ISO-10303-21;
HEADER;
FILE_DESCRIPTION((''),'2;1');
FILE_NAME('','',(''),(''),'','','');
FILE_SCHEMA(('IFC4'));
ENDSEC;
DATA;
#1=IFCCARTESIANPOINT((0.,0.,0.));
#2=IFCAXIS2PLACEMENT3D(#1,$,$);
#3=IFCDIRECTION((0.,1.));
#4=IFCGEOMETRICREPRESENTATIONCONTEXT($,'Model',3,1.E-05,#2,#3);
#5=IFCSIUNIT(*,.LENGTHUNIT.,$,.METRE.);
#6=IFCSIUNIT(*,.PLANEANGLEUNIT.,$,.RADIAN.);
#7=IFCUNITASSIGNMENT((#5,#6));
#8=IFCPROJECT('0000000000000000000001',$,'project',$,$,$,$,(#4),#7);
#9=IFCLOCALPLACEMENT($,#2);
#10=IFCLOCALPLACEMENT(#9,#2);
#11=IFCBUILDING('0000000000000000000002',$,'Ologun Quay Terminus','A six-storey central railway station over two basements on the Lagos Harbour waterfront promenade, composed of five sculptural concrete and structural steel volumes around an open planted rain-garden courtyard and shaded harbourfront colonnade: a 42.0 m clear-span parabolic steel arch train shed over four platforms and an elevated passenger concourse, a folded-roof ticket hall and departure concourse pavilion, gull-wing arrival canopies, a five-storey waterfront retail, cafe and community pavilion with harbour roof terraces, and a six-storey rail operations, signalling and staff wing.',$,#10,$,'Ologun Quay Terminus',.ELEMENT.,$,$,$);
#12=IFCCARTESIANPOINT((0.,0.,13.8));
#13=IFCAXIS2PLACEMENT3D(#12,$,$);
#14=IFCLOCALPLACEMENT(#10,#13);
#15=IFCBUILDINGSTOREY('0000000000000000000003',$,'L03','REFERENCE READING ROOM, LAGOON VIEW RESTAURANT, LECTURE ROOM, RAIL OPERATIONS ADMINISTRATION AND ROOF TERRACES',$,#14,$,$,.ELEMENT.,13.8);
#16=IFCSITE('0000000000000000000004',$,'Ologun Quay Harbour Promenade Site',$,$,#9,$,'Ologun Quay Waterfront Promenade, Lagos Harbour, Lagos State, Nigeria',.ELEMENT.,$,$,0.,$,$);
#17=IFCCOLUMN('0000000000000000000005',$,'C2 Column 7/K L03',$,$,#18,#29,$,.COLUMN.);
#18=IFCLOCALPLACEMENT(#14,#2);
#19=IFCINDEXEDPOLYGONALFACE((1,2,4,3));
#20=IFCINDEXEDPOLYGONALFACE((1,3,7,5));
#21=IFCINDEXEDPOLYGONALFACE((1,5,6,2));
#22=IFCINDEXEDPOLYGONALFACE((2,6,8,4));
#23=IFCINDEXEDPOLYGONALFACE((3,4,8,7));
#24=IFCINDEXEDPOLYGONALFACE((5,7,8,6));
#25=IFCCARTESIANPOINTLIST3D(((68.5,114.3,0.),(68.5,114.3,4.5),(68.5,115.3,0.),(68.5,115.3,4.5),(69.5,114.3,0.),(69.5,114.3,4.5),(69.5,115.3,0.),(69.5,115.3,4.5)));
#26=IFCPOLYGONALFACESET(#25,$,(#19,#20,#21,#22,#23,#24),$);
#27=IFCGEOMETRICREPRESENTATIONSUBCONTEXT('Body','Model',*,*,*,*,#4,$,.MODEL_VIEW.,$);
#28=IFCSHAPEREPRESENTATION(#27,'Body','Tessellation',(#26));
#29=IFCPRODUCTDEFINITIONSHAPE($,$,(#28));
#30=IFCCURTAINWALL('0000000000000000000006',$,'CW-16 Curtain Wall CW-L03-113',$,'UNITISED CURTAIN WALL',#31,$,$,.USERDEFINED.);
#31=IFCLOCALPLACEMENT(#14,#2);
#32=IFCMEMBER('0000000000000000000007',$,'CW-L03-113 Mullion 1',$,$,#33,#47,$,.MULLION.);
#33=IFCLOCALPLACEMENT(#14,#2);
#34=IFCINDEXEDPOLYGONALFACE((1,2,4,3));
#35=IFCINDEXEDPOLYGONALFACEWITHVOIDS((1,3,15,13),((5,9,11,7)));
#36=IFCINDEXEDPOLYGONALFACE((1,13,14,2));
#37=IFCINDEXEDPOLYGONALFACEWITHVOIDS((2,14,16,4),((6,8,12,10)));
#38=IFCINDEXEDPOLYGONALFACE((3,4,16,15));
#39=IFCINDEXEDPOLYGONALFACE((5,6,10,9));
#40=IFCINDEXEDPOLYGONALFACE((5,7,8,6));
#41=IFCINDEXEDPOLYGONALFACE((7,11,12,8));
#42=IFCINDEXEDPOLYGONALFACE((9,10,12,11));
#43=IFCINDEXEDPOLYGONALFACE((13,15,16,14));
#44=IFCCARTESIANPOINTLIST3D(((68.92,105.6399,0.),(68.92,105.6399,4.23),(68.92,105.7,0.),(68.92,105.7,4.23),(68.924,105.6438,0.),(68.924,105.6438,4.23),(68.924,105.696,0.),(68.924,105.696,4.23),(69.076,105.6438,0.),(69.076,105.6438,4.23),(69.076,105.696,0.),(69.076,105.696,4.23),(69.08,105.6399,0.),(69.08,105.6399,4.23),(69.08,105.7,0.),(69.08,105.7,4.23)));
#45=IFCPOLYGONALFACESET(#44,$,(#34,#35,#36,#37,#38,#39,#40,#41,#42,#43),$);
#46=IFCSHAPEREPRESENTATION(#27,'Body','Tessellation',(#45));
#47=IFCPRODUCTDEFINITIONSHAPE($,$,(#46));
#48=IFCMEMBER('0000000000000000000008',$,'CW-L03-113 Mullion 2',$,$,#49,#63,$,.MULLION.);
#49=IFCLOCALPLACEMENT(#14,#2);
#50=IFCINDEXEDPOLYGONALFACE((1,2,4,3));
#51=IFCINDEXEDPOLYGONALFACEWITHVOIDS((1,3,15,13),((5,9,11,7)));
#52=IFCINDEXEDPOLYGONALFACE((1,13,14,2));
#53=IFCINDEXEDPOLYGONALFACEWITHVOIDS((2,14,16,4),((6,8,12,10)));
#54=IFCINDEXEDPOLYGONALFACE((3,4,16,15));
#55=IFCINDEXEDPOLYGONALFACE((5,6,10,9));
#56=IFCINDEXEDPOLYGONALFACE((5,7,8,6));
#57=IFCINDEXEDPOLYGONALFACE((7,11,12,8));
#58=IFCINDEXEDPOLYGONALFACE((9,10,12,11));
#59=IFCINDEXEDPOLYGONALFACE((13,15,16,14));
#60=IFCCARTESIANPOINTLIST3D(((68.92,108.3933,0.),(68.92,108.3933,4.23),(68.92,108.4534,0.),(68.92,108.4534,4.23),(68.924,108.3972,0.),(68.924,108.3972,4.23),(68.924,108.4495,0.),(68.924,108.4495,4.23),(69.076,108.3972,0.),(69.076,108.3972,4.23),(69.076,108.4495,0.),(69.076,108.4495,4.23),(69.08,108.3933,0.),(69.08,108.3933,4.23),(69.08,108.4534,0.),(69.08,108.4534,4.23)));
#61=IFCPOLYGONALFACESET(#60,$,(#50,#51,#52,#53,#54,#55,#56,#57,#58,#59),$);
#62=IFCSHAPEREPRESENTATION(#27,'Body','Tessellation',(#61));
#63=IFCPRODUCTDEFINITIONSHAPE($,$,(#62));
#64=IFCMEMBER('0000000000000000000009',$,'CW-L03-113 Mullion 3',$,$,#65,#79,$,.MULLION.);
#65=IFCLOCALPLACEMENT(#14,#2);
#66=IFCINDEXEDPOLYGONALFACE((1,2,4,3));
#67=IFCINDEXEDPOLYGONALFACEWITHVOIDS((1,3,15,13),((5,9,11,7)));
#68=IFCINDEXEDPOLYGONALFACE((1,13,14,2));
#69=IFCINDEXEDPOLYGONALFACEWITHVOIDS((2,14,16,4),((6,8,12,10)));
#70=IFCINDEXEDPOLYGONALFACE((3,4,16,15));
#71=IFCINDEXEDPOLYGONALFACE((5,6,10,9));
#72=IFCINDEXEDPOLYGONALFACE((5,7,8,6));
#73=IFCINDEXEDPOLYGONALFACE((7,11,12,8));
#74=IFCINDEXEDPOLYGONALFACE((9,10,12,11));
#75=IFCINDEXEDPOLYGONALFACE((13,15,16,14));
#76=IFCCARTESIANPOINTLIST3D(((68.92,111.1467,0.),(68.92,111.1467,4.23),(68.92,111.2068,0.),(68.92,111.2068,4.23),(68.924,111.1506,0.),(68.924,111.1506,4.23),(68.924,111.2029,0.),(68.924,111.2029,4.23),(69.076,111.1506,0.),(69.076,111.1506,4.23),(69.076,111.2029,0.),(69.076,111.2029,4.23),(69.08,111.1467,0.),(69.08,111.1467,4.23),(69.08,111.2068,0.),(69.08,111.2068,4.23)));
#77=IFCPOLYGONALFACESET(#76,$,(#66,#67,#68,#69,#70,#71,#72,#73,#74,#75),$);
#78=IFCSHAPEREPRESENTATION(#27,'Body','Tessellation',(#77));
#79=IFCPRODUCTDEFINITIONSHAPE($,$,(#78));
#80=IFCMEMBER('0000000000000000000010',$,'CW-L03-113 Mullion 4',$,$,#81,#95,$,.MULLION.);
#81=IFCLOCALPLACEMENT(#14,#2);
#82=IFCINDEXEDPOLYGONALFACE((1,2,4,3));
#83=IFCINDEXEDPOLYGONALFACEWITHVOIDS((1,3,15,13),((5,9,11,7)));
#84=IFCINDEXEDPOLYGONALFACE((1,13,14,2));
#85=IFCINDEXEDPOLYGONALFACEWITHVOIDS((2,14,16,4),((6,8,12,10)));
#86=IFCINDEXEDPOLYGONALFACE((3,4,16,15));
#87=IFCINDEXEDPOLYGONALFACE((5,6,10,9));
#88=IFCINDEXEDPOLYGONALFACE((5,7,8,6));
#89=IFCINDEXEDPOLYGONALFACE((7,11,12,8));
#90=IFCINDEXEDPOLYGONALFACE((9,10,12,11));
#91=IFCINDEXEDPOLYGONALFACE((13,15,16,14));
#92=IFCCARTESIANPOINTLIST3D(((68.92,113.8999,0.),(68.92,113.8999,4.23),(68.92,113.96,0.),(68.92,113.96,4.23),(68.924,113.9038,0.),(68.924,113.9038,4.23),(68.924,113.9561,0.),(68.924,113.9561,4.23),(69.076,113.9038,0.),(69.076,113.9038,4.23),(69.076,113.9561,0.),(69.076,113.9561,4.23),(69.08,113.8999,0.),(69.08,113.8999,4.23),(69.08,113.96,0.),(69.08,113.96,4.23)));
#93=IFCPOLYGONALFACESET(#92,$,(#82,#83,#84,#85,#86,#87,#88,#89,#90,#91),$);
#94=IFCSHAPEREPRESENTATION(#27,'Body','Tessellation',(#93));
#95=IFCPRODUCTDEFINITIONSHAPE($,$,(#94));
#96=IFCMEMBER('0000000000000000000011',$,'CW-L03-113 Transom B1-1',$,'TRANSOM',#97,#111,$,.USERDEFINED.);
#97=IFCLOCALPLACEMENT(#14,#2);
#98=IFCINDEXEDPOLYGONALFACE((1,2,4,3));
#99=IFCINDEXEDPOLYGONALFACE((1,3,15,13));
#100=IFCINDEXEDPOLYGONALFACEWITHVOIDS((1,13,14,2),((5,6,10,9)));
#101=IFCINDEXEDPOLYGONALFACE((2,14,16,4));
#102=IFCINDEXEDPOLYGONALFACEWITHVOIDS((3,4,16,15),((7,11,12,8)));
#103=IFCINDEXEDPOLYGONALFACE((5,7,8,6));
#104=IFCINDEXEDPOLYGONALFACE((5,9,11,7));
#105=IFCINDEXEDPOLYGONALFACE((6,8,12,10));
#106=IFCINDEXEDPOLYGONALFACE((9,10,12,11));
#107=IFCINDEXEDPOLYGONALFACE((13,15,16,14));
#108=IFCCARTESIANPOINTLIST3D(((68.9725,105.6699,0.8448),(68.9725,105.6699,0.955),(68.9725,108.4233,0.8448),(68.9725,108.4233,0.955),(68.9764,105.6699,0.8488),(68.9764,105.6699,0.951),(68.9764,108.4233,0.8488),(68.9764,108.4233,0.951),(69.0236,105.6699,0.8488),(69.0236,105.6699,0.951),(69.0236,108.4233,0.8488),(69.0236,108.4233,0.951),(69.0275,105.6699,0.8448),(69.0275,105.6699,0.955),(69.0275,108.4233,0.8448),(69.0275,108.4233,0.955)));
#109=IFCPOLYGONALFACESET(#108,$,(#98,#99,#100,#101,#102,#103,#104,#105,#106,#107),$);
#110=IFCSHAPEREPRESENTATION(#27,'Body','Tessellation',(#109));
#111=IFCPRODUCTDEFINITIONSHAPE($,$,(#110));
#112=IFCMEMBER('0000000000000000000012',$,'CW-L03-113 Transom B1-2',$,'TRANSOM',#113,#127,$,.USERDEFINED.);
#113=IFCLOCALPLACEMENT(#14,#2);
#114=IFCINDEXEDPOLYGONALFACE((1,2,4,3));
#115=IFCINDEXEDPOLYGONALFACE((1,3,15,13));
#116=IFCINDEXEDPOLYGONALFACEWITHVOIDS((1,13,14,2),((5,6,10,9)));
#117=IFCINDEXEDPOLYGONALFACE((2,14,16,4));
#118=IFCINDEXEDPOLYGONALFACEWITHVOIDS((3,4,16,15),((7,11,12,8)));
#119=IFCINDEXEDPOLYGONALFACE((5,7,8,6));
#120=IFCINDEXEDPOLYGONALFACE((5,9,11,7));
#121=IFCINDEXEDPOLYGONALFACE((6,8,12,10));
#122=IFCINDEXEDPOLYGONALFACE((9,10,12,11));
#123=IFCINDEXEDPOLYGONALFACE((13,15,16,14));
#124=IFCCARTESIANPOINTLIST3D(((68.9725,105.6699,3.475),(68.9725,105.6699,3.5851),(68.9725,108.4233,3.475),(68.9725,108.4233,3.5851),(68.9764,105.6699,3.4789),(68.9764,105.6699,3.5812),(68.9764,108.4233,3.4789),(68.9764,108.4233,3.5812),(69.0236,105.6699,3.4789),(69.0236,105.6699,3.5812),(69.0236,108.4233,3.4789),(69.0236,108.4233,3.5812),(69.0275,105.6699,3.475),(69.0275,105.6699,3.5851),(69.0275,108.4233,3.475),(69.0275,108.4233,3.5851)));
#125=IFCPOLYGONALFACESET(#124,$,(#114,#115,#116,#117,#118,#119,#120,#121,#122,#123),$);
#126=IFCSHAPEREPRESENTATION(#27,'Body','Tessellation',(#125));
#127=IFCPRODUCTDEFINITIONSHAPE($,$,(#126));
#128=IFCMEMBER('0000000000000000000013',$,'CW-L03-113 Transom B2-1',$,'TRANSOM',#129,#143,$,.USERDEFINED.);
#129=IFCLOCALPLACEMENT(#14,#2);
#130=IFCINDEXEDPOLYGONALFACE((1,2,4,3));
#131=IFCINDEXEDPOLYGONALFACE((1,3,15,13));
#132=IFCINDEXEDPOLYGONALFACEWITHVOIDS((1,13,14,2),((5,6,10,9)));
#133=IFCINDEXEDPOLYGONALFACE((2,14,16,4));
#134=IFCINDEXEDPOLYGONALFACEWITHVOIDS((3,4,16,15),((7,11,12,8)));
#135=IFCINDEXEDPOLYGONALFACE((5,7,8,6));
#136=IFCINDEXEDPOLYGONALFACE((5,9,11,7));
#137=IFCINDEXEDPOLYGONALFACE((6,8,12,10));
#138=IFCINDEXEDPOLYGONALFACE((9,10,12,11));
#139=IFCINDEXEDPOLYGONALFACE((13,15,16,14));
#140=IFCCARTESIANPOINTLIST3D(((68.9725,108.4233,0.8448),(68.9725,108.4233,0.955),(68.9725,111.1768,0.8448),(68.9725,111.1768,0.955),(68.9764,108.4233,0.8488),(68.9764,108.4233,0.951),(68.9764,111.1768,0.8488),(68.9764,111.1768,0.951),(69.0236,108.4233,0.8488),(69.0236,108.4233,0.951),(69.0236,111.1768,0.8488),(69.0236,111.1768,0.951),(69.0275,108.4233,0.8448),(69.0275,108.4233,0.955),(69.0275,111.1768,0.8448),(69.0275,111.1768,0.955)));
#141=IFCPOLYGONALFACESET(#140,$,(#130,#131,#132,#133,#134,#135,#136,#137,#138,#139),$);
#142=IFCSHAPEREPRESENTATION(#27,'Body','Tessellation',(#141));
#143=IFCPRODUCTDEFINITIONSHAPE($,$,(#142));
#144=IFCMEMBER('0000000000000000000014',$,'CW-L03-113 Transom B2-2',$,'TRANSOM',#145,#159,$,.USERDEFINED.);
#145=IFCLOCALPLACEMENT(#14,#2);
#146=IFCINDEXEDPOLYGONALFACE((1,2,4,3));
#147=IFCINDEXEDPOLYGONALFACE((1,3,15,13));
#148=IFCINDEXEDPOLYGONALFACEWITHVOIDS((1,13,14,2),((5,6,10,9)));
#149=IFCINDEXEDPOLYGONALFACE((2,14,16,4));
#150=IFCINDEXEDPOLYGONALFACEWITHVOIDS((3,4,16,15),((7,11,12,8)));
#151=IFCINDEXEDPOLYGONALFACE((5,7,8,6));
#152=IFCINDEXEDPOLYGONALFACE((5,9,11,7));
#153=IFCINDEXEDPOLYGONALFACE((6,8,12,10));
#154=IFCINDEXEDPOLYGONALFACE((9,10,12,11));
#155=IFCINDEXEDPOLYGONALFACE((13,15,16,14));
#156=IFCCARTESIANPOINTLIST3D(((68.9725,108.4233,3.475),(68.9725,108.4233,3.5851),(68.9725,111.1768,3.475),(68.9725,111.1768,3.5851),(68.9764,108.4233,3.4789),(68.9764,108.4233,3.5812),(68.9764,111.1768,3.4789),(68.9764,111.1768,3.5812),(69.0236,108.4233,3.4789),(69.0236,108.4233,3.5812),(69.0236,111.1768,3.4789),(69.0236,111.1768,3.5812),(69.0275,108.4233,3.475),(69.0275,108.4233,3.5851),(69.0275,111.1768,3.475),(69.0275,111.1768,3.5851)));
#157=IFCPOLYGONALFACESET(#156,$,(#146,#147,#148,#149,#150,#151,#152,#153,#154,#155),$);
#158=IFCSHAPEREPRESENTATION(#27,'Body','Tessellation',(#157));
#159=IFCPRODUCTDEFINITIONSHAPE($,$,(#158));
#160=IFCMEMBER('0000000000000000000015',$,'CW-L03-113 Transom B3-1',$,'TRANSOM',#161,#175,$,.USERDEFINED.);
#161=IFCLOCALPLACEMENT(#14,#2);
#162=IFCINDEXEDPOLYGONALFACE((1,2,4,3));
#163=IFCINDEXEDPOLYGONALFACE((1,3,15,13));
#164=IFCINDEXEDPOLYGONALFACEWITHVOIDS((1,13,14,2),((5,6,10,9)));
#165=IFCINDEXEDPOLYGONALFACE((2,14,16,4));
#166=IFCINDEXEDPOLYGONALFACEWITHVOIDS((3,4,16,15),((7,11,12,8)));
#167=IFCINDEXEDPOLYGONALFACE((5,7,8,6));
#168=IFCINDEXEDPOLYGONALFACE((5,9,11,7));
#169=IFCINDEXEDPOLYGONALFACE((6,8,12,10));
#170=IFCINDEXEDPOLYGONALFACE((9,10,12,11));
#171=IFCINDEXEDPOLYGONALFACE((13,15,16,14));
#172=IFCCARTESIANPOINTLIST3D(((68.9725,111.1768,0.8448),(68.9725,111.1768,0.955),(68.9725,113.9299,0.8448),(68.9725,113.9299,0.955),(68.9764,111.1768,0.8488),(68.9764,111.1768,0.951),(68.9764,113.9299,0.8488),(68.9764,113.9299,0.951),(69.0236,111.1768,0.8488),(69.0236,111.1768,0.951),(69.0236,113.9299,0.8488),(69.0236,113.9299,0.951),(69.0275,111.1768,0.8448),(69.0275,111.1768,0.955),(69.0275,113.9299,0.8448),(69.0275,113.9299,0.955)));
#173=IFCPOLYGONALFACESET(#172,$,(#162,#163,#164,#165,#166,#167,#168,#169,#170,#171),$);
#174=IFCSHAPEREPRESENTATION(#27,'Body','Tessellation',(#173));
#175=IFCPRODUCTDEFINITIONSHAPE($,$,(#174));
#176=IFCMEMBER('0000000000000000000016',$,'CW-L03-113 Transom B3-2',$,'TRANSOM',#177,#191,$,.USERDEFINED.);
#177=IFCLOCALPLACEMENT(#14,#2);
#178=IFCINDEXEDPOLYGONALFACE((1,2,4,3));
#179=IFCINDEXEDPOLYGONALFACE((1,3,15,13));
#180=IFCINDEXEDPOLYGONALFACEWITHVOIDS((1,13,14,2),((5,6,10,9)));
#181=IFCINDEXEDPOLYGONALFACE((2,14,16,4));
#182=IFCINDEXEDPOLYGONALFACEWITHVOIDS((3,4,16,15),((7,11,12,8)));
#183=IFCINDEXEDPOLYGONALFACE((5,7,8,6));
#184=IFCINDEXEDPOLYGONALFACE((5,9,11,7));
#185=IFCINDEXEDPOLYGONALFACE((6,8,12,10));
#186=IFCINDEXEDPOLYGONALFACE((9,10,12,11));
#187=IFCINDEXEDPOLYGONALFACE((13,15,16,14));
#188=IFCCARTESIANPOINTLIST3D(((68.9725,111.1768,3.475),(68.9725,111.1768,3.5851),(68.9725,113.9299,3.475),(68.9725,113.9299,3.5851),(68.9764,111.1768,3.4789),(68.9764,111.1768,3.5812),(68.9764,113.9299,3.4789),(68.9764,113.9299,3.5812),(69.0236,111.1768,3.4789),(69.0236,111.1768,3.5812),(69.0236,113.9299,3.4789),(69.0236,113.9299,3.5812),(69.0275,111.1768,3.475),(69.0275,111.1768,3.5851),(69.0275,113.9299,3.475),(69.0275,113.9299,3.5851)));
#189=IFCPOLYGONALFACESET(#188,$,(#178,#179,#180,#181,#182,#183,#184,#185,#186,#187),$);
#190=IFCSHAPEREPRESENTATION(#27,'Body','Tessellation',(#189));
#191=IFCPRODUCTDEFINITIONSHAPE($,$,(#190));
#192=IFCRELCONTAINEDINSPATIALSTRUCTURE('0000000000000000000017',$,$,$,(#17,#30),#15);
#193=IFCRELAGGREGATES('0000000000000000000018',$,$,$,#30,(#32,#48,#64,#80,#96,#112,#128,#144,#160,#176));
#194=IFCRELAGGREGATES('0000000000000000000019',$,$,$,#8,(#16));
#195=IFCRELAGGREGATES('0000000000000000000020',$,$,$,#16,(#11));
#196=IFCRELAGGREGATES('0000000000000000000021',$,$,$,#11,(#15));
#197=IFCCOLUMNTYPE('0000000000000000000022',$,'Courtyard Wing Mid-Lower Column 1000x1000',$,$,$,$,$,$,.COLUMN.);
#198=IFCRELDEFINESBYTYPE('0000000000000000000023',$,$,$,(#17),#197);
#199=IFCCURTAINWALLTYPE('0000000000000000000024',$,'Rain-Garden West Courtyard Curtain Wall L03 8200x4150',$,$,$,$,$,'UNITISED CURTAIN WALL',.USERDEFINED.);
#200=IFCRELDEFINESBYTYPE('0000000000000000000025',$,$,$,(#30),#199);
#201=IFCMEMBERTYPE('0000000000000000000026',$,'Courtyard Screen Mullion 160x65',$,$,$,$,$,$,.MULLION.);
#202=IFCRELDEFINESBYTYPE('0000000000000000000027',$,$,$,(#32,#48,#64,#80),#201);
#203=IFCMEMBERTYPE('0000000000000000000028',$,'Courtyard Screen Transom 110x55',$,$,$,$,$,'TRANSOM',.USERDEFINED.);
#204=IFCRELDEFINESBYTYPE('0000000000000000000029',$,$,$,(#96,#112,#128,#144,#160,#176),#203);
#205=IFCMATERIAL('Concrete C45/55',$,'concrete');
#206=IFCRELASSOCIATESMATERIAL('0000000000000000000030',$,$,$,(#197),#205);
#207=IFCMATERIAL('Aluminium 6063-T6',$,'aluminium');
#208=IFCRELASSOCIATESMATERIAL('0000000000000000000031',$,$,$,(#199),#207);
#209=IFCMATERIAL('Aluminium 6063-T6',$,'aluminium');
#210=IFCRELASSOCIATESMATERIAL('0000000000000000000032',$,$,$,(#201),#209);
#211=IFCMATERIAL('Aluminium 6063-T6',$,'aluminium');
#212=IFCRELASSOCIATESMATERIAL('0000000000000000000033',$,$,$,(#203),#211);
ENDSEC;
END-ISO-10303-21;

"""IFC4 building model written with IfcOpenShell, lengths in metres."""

from ifc_helpers import new_model, si_unit, direction, frame, origin, origin_2d, place, context, subcontext, project, spatial, rectangle, hollow_rectangle, extrude, material, material_profile, profile_set, type_object, element, aggregate, save


model = new_model("IFC4")

# Units and contexts
model_context = context("Model", 3, precision=1e-05, world=origin(), true_north=direction((0.0, 1.0)))
body_context = subcontext(model_context, "Body", "Model", "MODEL_VIEW")
ifc_project = project(units=[si_unit("LENGTHUNIT", "METRE"), si_unit("PLANEANGLEUNIT", "RADIAN")], contexts=[model_context])

# Site, building, storey
site_placement = place(None, origin())
site = spatial("IfcSite", under=ifc_project, at=site_placement, Name="Ologun Quay Harbour Promenade Site", LongName="Ologun Quay Waterfront Promenade, Lagos Harbour, Lagos State, Nigeria", CompositionType="ELEMENT", RefElevation=0.0)
building_placement = place(site_placement, origin())
building = spatial("IfcBuilding", under=site, at=building_placement, Name="Ologun Quay Terminus", Description="A six-storey central railway station over two basements on the Lagos Harbour waterfront promenade, composed of five sculptural concrete and structural steel volumes around an open planted rain-garden courtyard and shaded harbourfront colonnade: a 42.0 m clear-span parabolic steel arch train shed over four platforms and an elevated passenger concourse, a folded-roof ticket hall and departure concourse pavilion, gull-wing arrival canopies, a five-storey waterfront retail, cafe and community pavilion with harbour roof terraces, and a six-storey rail operations, signalling and staff wing.", LongName="Ologun Quay Terminus", CompositionType="ELEMENT")
storey_placement = place(building_placement, frame((0.0, 0.0, 13.8)))
storey = spatial("IfcBuildingStorey", under=building, at=storey_placement, Name="L03", Description="REFERENCE READING ROOM, LAGOON VIEW RESTAURANT, LECTURE ROOM, RAIL OPERATIONS ADMINISTRATION AND ROOF TERRACES", CompositionType="ELEMENT", Elevation=13.8)

# Column
ifc_material_1 = material(Name="Concrete C45/55", Category="concrete")
ifc_material_profile_1 = material_profile(ifc_material_1, rectangle(XDim=1.0, YDim=1.0, at=origin_2d()), Name="RC 1000x1000")
ifc_profile_set_1 = profile_set([ifc_material_profile_1], Name="Concrete C45/55")
column_type = type_object("IfcColumnType", Name="Courtyard Wing Mid-Lower Column 1000x1000", PredefinedType="COLUMN", material=ifc_profile_set_1)
column_placement = place(storey_placement, frame((69.0, 114.8, 0.0), z_axis=(0.0, 0.0, 1.0), x_axis=(1.0, 0.0, 0.0)))
element("IfcColumn", 1, at=column_placement, inside=storey, type_object=column_type, Name="C2 Column 7/K L03", PredefinedType="COLUMN", context=body_context, shape_type="SweptSolid", body=[
    extrude(rectangle(XDim=1.0, YDim=1.0, at=origin_2d()), origin(), (0.0, 0.0, 1.0), 4.5),
])

# Curtain wall, members
ifc_material_2 = material(Name="Aluminium 6063-T6", Category="aluminium")
curtain_wall_type = type_object("IfcCurtainWallType", Name="Rain-Garden West Courtyard Curtain Wall L03 8200x4150", ElementType="UNITISED CURTAIN WALL", PredefinedType="USERDEFINED", material=ifc_material_2)
curtain_wall_placement = place(storey_placement, origin())
curtain_wall = element("IfcCurtainWall", 2, at=curtain_wall_placement, inside=storey, type_object=curtain_wall_type, Name="CW-16 Curtain Wall CW-L03-113", ObjectType="UNITISED CURTAIN WALL", PredefinedType="USERDEFINED")
ifc_material_3 = material(Name="Aluminium 6063-T6", Category="aluminium")
ifc_material_profile_2 = material_profile(ifc_material_3, hollow_rectangle(XDim=0.0601, YDim=0.1599, WallThickness=0.0039, at=origin_2d()), Name="ALU 160x60x4")
ifc_profile_set_2 = profile_set([ifc_material_profile_2], Name="Aluminium 6063-T6")
member_type_1 = type_object("IfcMemberType", Name="Courtyard Screen Mullion 160x65", PredefinedType="MULLION", material=ifc_profile_set_2)
member_1_placement = place(storey_placement, frame((69.0, 105.6699, 0.0), z_axis=(0.0, 0.0, 1.0), x_axis=(0.0, 1.0, 0.0)))
member_1 = element("IfcMember", 3, at=member_1_placement, type_object=member_type_1, Name="CW-L03-113 Mullion 1", PredefinedType="MULLION", context=body_context, shape_type="SweptSolid", body=[
    extrude(hollow_rectangle(XDim=0.0601, YDim=0.1599, WallThickness=0.0039, at=origin_2d()), origin(), (0.0, 0.0, 1.0), 4.23),
])
member_2_placement = place(storey_placement, frame((69.0, 108.4233, 0.0), z_axis=(0.0, 0.0, 1.0), x_axis=(0.0, 1.0, 0.0)))
member_2 = element("IfcMember", 4, at=member_2_placement, type_object=member_type_1, Name="CW-L03-113 Mullion 2", PredefinedType="MULLION", context=body_context, shape_type="SweptSolid", body=[
    extrude(hollow_rectangle(XDim=0.0601, YDim=0.1599, WallThickness=0.0039, at=origin_2d()), origin(), (0.0, 0.0, 1.0), 4.23),
])
member_3_placement = place(storey_placement, frame((69.0, 111.1768, 0.0), z_axis=(0.0, 0.0, 1.0), x_axis=(0.0, 1.0, 0.0)))
member_3 = element("IfcMember", 5, at=member_3_placement, type_object=member_type_1, Name="CW-L03-113 Mullion 3", PredefinedType="MULLION", context=body_context, shape_type="SweptSolid", body=[
    extrude(hollow_rectangle(XDim=0.0601, YDim=0.1599, WallThickness=0.0039, at=origin_2d()), origin(), (0.0, 0.0, 1.0), 4.23),
])
member_4_placement = place(storey_placement, frame((69.0, 113.9299, 0.0), z_axis=(0.0, 0.0, 1.0), x_axis=(0.0, 1.0, 0.0)))
member_4 = element("IfcMember", 6, at=member_4_placement, type_object=member_type_1, Name="CW-L03-113 Mullion 4", PredefinedType="MULLION", context=body_context, shape_type="SweptSolid", body=[
    extrude(hollow_rectangle(XDim=0.0601, YDim=0.1599, WallThickness=0.0039, at=origin_2d()), origin(), (0.0, 0.0, 1.0), 4.23),
])
ifc_material_4 = material(Name="Aluminium 6063-T6", Category="aluminium")
ifc_material_profile_3 = material_profile(ifc_material_4, hollow_rectangle(XDim=0.0549, YDim=0.1101, WallThickness=0.0039, at=origin_2d()), Name="ALU 110x55x4")
ifc_profile_set_3 = profile_set([ifc_material_profile_3], Name="Aluminium 6063-T6")
member_type_2 = type_object("IfcMemberType", Name="Courtyard Screen Transom 110x55", ElementType="TRANSOM", PredefinedType="USERDEFINED", material=ifc_profile_set_3)
member_5_placement = place(storey_placement, frame((69.0, 105.6699, 0.8999), z_axis=(0.0, 1.0, 0.0), x_axis=(-1.0, 0.0, 0.0)))
member_5 = element("IfcMember", 7, at=member_5_placement, type_object=member_type_2, Name="CW-L03-113 Transom B1-1", ObjectType="TRANSOM", PredefinedType="USERDEFINED", context=body_context, shape_type="SweptSolid", body=[
    extrude(hollow_rectangle(XDim=0.0549, YDim=0.1101, WallThickness=0.0039, at=origin_2d()), origin(), (0.0, 0.0, 1.0), 2.7534),
])
member_6_placement = place(storey_placement, frame((69.0, 105.6699, 3.53), z_axis=(0.0, 1.0, 0.0), x_axis=(-1.0, 0.0, 0.0)))
member_6 = element("IfcMember", 8, at=member_6_placement, type_object=member_type_2, Name="CW-L03-113 Transom B1-2", ObjectType="TRANSOM", PredefinedType="USERDEFINED", context=body_context, shape_type="SweptSolid", body=[
    extrude(hollow_rectangle(XDim=0.0549, YDim=0.1101, WallThickness=0.0039, at=origin_2d()), origin(), (0.0, 0.0, 1.0), 2.7534),
])
member_7_placement = place(storey_placement, frame((69.0, 108.4233, 0.8999), z_axis=(0.0, 1.0, 0.0), x_axis=(-1.0, 0.0, 0.0)))
member_7 = element("IfcMember", 9, at=member_7_placement, type_object=member_type_2, Name="CW-L03-113 Transom B2-1", ObjectType="TRANSOM", PredefinedType="USERDEFINED", context=body_context, shape_type="SweptSolid", body=[
    extrude(hollow_rectangle(XDim=0.0549, YDim=0.1101, WallThickness=0.0039, at=origin_2d()), origin(), (0.0, 0.0, 1.0), 2.7534),
])
member_8_placement = place(storey_placement, frame((69.0, 108.4233, 3.53), z_axis=(0.0, 1.0, 0.0), x_axis=(-1.0, 0.0, 0.0)))
member_8 = element("IfcMember", 10, at=member_8_placement, type_object=member_type_2, Name="CW-L03-113 Transom B2-2", ObjectType="TRANSOM", PredefinedType="USERDEFINED", context=body_context, shape_type="SweptSolid", body=[
    extrude(hollow_rectangle(XDim=0.0549, YDim=0.1101, WallThickness=0.0039, at=origin_2d()), origin(), (0.0, 0.0, 1.0), 2.7534),
])
member_9_placement = place(storey_placement, frame((69.0, 111.1768, 0.8999), z_axis=(0.0, 1.0, 0.0), x_axis=(-1.0, 0.0, 0.0)))
member_9 = element("IfcMember", 11, at=member_9_placement, type_object=member_type_2, Name="CW-L03-113 Transom B3-1", ObjectType="TRANSOM", PredefinedType="USERDEFINED", context=body_context, shape_type="SweptSolid", body=[
    extrude(hollow_rectangle(XDim=0.0549, YDim=0.1101, WallThickness=0.0039, at=origin_2d()), origin(), (0.0, 0.0, 1.0), 2.7532),
])
member_10_placement = place(storey_placement, frame((69.0, 111.1768, 3.53), z_axis=(0.0, 1.0, 0.0), x_axis=(-1.0, 0.0, 0.0)))
member_10 = element("IfcMember", 12, at=member_10_placement, type_object=member_type_2, Name="CW-L03-113 Transom B3-2", ObjectType="TRANSOM", PredefinedType="USERDEFINED", context=body_context, shape_type="SweptSolid", body=[
    extrude(hollow_rectangle(XDim=0.0549, YDim=0.1101, WallThickness=0.0039, at=origin_2d()), origin(), (0.0, 0.0, 1.0), 2.7532),
])
aggregate(curtain_wall, [member_1, member_2, member_3, member_4, member_5, member_6, member_7, member_8, member_9, member_10])

save(model, "model.ifc")
